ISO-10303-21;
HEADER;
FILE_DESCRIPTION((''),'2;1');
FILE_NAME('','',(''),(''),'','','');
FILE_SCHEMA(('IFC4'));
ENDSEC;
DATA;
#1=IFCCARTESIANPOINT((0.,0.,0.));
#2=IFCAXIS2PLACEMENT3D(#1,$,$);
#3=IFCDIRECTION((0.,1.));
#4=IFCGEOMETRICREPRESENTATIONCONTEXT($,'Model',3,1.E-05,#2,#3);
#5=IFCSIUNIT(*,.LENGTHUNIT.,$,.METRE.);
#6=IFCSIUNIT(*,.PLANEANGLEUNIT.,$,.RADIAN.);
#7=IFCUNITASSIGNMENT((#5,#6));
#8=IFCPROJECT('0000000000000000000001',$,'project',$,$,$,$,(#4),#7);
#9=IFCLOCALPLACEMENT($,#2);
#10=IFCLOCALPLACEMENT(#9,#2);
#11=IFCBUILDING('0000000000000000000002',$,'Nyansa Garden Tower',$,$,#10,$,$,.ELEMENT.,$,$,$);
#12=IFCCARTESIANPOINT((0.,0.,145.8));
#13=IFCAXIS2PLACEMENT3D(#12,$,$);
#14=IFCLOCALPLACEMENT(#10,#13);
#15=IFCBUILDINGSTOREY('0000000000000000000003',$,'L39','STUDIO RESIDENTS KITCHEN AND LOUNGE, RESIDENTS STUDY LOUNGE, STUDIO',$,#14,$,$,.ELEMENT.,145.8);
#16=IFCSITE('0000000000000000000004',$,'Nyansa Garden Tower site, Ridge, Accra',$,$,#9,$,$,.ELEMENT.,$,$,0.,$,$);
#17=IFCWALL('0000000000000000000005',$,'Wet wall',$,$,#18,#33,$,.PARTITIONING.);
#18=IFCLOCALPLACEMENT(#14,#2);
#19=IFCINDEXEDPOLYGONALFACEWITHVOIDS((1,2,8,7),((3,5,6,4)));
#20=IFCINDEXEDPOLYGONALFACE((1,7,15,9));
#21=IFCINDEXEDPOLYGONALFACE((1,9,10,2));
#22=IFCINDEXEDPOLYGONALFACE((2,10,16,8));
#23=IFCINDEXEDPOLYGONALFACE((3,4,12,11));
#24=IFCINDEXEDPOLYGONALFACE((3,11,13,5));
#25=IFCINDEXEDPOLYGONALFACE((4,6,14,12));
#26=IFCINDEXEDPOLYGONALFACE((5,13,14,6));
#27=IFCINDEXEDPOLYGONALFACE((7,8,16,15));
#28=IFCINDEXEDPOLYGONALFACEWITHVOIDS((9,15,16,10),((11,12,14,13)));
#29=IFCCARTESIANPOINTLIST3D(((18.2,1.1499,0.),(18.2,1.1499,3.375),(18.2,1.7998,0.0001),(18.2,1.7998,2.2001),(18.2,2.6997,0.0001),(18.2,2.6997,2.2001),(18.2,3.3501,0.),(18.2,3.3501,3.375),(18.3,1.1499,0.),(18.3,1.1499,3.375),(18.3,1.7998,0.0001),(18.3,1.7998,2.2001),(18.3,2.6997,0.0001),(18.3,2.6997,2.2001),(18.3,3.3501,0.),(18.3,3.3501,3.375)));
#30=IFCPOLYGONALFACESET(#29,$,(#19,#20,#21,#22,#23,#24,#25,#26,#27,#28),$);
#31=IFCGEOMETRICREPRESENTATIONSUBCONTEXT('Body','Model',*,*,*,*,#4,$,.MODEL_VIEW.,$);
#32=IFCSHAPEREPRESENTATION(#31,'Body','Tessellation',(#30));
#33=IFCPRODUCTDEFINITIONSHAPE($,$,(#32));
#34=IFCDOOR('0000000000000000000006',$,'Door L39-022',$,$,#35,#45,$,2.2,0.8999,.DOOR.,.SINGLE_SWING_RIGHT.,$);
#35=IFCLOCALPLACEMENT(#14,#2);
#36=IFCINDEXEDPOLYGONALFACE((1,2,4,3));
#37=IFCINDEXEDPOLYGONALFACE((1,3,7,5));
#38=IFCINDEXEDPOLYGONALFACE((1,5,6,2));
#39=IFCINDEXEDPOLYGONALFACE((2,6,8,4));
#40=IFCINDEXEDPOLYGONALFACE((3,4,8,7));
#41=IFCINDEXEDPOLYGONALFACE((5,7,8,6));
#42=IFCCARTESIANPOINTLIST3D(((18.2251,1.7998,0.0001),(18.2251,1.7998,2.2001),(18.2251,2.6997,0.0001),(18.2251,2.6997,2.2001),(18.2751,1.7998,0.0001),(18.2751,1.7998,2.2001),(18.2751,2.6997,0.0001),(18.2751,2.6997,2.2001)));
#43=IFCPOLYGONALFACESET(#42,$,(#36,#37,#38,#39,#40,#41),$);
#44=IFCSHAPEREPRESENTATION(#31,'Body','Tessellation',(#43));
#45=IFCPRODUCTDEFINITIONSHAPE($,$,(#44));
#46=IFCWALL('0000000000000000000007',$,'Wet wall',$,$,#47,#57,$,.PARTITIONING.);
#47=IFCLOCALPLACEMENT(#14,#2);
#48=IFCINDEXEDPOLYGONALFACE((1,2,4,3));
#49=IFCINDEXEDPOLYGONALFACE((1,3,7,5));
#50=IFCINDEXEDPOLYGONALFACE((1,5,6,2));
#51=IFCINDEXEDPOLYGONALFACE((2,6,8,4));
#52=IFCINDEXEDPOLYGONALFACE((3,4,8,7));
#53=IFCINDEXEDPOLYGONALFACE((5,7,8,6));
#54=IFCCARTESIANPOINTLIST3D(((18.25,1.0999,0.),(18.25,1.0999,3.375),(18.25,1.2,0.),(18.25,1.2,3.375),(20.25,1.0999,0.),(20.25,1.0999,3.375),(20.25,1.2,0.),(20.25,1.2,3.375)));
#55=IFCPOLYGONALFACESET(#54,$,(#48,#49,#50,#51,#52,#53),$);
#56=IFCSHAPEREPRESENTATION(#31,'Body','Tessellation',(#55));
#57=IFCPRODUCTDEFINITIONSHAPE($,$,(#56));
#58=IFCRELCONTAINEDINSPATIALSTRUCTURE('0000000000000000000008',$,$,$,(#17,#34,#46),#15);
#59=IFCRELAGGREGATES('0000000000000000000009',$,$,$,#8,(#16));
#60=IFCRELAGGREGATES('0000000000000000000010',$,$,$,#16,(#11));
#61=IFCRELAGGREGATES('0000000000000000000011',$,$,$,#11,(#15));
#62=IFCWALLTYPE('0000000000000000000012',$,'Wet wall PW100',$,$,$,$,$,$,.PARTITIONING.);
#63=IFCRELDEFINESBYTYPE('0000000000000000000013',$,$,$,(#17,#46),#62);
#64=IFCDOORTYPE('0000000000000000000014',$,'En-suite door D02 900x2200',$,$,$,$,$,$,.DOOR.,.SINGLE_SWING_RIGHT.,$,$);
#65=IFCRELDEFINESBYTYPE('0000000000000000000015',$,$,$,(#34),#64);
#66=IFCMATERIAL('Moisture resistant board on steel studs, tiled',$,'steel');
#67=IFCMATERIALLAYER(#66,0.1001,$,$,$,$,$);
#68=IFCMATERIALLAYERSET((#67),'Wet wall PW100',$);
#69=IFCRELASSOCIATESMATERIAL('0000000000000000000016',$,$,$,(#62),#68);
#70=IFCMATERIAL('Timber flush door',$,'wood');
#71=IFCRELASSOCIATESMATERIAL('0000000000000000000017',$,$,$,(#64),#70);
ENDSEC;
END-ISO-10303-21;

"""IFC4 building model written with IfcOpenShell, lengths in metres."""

from ifc_helpers import new_model, si_unit, direction, frame, frame_2d, origin, place, context, subcontext, project, spatial, rectangle, extrude, material, layer, layer_set, type_object, element, fill, save


model = new_model("IFC4")

# Units and contexts
model_context = context("Model", 3, precision=1e-05, world=origin(), true_north=direction((0.0, 1.0)))
body_context = subcontext(model_context, "Body", "Model", "MODEL_VIEW")
ifc_project = project(units=[si_unit("LENGTHUNIT", "METRE"), si_unit("PLANEANGLEUNIT", "RADIAN")], contexts=[model_context])

# Site, building, storey
site_placement = place(None, origin())
site = spatial("IfcSite", under=ifc_project, at=site_placement, Name="Nyansa Garden Tower site, Ridge, Accra", CompositionType="ELEMENT", RefElevation=0.0)
building_placement = place(site_placement, origin())
building = spatial("IfcBuilding", under=site, at=building_placement, Name="Nyansa Garden Tower", CompositionType="ELEMENT")
storey_placement = place(building_placement, frame((0.0, 0.0, 145.8)))
storey = spatial("IfcBuildingStorey", under=building, at=storey_placement, Name="L39", Description="STUDIO RESIDENTS KITCHEN AND LOUNGE, RESIDENTS STUDY LOUNGE, STUDIO", CompositionType="ELEMENT", Elevation=145.8)

# Wall, opening, door
ifc_material_1 = material(Name="Moisture resistant board on steel studs, tiled", Category="steel")
ifc_layer_1 = layer(ifc_material_1, 0.1001)
ifc_layer_set_1 = layer_set([ifc_layer_1], Name="Wet wall PW100")
wall_type_1 = type_object("IfcWallType", Name="Wet wall PW100", PredefinedType="PARTITIONING", material=ifc_layer_set_1)
wall_1_placement = place(storey_placement, frame((18.25, 1.1499, 0.0), z_axis=(0.0, 0.0, 1.0), x_axis=(0.0, 1.0, 0.0)))
wall_1 = element("IfcWall", 1, at=wall_1_placement, inside=storey, type_object=wall_type_1, Name="Wet wall", PredefinedType="PARTITIONING", context=body_context, shape_type="SweptSolid", body=[
    extrude(rectangle(XDim=2.2002, YDim=0.1001, at=frame_2d((1.1001, 0.0))), origin(), (0.0, 0.0, 1.0), 3.375),
])
opening_1_placement = place(wall_1_placement, frame((0.6499, 0.0, 0.0)))
opening_1 = element("IfcOpeningElement", 2, at=opening_1_placement, cuts=wall_1, PredefinedType="OPENING", context=body_context, shape_type="SweptSolid", body=[
    extrude(rectangle(XDim=0.8999, YDim=2.2, at=frame_2d((0.45, 1.1001))), frame((0.0, 0.0601, 0.0), z_axis=(0.0, -1.0, 0.0), x_axis=(1.0, 0.0, 0.0)), (0.0, 0.0, 1.0), 0.1201),
])
ifc_material_2 = material(Name="Timber flush door", Category="wood")
door_type_1 = type_object("IfcDoorType", Name="En-suite door D02 900x2200", OperationType="SINGLE_SWING_RIGHT", PredefinedType="DOOR", material=ifc_material_2)
door_1_placement = place(opening_1_placement, origin())
door_1 = element("IfcDoor", 3, at=door_1_placement, inside=storey, type_object=door_type_1, Name="Door L39-022", OperationType="SINGLE_SWING_RIGHT", OverallHeight=2.2, OverallWidth=0.8999, PredefinedType="DOOR", context=body_context, shape_type="SweptSolid", body=[
    extrude(rectangle(XDim=0.8999, YDim=2.2, at=frame_2d((0.45, 1.1001))), frame((0.0, 0.0249, 0.0), z_axis=(0.0, -1.0, 0.0), x_axis=(1.0, 0.0, 0.0)), (0.0, 0.0, 1.0), 0.05),
])
fill(opening_1, door_1)

# Wall
wall_2_placement = place(storey_placement, frame((18.25, 1.1499, 0.0), z_axis=(0.0, 0.0, 1.0), x_axis=(1.0, 0.0, 0.0)))
element("IfcWall", 4, at=wall_2_placement, inside=storey, type_object=wall_type_1, Name="Wet wall", PredefinedType="PARTITIONING", context=body_context, shape_type="SweptSolid", body=[
    extrude(rectangle(XDim=2.0, YDim=0.1001, at=frame_2d((1.0, 0.0))), origin(), (0.0, 0.0, 1.0), 3.375),
])

save(model, "model.ifc")
